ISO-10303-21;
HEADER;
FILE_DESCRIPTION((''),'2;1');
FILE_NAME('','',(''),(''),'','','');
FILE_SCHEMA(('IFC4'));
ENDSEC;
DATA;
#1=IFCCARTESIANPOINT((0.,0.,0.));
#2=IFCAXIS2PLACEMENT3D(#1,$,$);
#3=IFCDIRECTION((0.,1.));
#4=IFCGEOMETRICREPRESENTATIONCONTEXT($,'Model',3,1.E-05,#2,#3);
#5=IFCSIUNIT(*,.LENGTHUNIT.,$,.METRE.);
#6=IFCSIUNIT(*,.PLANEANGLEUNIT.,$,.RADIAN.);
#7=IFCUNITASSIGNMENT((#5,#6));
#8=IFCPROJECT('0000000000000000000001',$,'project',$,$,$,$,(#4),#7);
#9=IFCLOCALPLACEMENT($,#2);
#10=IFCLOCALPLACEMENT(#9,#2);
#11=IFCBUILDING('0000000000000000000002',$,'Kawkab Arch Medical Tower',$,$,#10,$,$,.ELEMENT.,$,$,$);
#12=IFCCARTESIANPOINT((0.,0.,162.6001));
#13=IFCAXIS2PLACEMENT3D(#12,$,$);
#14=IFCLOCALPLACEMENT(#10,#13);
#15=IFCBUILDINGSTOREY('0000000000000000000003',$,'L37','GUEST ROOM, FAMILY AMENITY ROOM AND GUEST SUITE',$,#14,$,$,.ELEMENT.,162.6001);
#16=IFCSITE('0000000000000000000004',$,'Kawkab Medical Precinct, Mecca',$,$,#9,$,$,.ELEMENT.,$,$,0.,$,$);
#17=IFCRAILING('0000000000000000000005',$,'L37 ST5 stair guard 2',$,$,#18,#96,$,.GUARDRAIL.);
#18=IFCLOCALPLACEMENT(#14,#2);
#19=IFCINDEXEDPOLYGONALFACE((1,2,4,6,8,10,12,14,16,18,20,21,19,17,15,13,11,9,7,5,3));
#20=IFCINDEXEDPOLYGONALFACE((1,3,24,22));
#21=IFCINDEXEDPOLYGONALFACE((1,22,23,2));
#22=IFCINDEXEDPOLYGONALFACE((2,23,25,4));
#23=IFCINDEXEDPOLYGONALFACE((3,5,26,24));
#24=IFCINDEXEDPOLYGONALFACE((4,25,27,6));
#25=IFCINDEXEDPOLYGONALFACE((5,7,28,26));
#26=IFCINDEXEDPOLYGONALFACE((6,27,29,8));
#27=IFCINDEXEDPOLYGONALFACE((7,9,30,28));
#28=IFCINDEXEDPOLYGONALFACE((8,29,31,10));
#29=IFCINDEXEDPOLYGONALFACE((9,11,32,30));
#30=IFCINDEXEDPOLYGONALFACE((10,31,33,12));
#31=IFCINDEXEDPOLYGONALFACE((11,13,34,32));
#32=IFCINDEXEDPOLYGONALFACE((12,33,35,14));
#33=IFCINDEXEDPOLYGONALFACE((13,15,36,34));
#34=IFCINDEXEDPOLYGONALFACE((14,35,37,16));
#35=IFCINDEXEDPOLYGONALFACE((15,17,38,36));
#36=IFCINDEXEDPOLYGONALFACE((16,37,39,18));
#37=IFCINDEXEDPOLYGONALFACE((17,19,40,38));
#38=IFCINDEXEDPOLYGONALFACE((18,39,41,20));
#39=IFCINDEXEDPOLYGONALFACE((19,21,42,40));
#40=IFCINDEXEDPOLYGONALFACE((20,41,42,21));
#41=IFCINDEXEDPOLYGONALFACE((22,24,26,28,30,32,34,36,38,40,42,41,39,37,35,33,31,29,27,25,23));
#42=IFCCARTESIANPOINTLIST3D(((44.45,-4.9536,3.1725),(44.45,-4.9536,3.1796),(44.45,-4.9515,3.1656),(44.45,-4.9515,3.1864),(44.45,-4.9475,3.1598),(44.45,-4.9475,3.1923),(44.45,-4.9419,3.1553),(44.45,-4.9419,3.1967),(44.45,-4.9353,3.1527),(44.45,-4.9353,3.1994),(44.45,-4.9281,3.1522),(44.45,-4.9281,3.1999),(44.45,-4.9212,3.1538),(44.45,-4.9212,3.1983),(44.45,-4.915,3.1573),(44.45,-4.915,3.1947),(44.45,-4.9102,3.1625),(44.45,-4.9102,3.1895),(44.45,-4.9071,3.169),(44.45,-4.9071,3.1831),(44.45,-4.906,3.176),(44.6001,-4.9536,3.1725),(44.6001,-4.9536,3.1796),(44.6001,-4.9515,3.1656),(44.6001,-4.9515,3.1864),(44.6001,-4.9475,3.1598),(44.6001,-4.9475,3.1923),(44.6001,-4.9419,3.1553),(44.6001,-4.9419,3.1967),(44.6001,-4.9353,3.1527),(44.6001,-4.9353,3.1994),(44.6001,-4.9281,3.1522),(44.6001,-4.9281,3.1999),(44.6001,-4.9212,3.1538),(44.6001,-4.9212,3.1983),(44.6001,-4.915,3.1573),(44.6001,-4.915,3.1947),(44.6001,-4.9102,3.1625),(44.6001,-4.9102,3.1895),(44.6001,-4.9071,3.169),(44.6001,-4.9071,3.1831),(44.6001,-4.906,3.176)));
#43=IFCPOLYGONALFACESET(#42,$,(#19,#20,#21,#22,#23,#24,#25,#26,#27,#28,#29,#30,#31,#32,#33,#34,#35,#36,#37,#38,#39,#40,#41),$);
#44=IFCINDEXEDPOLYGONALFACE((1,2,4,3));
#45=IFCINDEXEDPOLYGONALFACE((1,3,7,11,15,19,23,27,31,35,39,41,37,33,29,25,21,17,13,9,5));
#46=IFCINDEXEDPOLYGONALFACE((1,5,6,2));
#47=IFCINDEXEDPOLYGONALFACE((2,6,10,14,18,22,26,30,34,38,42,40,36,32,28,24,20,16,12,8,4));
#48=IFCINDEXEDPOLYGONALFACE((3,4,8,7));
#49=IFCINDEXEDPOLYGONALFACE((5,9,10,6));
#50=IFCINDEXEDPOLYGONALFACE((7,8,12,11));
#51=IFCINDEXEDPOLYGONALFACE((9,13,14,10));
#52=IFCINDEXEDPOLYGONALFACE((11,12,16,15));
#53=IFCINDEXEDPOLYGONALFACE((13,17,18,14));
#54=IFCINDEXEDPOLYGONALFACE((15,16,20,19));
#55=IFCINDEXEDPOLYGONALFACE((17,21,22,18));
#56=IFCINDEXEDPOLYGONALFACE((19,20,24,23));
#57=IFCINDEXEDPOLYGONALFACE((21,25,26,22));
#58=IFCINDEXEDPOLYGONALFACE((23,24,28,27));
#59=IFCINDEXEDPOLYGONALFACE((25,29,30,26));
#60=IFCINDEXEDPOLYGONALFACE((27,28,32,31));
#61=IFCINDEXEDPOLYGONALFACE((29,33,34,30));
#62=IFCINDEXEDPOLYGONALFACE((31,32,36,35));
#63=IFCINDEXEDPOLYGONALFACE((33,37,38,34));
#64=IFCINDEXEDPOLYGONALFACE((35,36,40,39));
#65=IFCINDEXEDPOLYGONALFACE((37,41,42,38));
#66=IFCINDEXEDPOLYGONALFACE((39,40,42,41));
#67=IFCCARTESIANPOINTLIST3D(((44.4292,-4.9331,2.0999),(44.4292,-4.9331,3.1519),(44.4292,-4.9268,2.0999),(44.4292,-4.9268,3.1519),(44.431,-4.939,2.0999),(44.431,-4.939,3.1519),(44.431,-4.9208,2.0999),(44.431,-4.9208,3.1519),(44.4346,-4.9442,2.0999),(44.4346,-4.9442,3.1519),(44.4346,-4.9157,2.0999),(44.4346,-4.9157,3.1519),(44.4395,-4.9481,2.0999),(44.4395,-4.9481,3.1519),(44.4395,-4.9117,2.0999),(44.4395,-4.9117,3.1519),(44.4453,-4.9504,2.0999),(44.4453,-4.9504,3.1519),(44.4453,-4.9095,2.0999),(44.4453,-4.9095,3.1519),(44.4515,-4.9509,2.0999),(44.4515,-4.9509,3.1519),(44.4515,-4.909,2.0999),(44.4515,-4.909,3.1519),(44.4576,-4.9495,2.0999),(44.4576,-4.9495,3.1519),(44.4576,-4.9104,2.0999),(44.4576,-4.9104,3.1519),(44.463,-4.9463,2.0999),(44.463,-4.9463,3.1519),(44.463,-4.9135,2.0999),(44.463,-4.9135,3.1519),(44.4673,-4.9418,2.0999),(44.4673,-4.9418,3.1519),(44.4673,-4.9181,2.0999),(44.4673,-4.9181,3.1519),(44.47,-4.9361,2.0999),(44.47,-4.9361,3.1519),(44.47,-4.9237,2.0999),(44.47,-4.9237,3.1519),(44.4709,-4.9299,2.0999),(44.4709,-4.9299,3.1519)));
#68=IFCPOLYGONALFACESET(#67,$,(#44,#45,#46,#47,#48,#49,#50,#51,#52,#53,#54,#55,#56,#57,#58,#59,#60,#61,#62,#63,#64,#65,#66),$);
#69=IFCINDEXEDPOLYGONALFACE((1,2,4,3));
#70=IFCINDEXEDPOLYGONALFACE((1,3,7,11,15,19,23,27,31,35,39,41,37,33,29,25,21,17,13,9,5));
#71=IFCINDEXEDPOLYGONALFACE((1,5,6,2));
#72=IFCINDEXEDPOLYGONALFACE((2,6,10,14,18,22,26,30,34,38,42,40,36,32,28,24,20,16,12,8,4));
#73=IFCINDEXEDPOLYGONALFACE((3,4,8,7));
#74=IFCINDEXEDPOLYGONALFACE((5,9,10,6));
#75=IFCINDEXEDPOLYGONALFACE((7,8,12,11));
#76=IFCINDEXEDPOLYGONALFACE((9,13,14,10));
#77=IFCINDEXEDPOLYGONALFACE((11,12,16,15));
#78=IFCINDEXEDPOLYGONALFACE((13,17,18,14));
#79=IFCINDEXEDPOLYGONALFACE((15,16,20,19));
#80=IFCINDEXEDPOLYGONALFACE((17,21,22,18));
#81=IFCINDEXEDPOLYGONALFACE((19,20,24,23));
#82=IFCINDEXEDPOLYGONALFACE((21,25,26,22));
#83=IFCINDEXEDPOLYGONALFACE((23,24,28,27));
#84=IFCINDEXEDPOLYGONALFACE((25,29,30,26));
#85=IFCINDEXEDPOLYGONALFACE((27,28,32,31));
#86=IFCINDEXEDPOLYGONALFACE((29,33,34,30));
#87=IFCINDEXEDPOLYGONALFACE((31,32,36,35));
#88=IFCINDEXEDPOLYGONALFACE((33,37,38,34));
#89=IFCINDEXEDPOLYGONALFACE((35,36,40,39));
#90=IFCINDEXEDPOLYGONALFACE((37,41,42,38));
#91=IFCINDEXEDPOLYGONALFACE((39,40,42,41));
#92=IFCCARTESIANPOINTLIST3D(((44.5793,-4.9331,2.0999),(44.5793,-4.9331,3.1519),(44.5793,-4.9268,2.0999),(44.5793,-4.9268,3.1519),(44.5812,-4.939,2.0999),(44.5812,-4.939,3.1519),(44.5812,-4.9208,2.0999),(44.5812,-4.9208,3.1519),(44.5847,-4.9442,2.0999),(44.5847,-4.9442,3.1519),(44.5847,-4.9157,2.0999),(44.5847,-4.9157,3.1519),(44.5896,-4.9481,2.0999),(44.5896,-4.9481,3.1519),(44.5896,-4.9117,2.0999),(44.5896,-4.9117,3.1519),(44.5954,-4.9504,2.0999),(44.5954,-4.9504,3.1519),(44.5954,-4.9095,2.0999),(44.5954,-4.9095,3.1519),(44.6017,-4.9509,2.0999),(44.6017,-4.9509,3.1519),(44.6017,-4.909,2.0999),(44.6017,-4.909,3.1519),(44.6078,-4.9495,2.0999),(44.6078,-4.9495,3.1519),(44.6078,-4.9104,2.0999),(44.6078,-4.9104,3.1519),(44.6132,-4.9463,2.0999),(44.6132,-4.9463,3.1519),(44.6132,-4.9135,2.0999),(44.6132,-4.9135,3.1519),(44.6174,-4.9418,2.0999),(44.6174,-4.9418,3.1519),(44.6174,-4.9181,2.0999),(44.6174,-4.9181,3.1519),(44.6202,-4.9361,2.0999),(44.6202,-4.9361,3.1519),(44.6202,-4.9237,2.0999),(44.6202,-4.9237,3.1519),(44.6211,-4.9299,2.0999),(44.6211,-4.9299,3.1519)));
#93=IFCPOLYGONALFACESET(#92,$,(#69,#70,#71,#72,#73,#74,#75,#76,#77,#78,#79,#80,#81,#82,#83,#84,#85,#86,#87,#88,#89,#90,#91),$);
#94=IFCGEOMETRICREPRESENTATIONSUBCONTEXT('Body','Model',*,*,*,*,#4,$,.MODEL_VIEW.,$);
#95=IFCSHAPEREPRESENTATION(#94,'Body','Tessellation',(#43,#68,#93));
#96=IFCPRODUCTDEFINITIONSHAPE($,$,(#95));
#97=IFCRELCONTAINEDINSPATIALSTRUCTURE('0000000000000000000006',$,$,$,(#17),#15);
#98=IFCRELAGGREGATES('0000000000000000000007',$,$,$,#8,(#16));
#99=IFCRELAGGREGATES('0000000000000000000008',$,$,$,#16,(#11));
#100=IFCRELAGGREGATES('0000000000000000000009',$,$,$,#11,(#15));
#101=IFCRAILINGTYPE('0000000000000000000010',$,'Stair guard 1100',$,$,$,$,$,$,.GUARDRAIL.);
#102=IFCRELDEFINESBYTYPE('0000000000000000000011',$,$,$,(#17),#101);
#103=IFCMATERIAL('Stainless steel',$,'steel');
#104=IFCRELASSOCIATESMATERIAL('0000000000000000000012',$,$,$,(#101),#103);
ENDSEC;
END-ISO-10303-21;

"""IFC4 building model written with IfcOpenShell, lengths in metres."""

from ifc_helpers import new_model, si_unit, direction, frame, origin, origin_2d, place, context, subcontext, project, spatial, circle, extrude, material, type_object, element, save


model = new_model("IFC4")

# Units and contexts
model_context = context("Model", 3, precision=1e-05, world=origin(), true_north=direction((0.0, 1.0)))
body_context = subcontext(model_context, "Body", "Model", "MODEL_VIEW")
ifc_project = project(units=[si_unit("LENGTHUNIT", "METRE"), si_unit("PLANEANGLEUNIT", "RADIAN")], contexts=[model_context])

# Site, building, storey
site_placement = place(None, origin())
site = spatial("IfcSite", under=ifc_project, at=site_placement, Name="Kawkab Medical Precinct, Mecca", CompositionType="ELEMENT", RefElevation=0.0)
building_placement = place(site_placement, origin())
building = spatial("IfcBuilding", under=site, at=building_placement, Name="Kawkab Arch Medical Tower", CompositionType="ELEMENT")
storey_placement = place(building_placement, frame((0.0, 0.0, 162.6001)))
storey = spatial("IfcBuildingStorey", under=building, at=storey_placement, Name="L37", Description="GUEST ROOM, FAMILY AMENITY ROOM AND GUEST SUITE", CompositionType="ELEMENT", Elevation=162.6001)

# Railing
ifc_material_1 = material(Name="Stainless steel", Category="steel")
railing_type_1 = type_object("IfcRailingType", Name="Stair guard 1100", PredefinedType="GUARDRAIL", material=ifc_material_1)
railing_1_placement = place(storey_placement, frame((44.45, -4.9299, 2.0999)))
element("IfcRailing", 1, at=railing_1_placement, inside=storey, type_object=railing_type_1, Name="L37 ST5 stair guard 2", PredefinedType="GUARDRAIL", context=body_context, shape_type="SweptSolid", body=[
    extrude(circle(Radius=0.0239, at=origin_2d()), frame((0.0, 0.0, 1.0762), z_axis=(1.0, 0.0, 0.0), x_axis=(0.0, 1.0, 0.0)), (0.0, 0.0, 1.0), 0.1501),
    extrude(circle(Radius=0.021, at=origin_2d()), origin(), (0.0, 0.0, 1.0), 1.052),
    extrude(circle(Radius=0.021, at=origin_2d()), frame((0.1501, 0.0, 0.0)), (0.0, 0.0, 1.0), 1.052),
])

save(model, "model.ifc")
